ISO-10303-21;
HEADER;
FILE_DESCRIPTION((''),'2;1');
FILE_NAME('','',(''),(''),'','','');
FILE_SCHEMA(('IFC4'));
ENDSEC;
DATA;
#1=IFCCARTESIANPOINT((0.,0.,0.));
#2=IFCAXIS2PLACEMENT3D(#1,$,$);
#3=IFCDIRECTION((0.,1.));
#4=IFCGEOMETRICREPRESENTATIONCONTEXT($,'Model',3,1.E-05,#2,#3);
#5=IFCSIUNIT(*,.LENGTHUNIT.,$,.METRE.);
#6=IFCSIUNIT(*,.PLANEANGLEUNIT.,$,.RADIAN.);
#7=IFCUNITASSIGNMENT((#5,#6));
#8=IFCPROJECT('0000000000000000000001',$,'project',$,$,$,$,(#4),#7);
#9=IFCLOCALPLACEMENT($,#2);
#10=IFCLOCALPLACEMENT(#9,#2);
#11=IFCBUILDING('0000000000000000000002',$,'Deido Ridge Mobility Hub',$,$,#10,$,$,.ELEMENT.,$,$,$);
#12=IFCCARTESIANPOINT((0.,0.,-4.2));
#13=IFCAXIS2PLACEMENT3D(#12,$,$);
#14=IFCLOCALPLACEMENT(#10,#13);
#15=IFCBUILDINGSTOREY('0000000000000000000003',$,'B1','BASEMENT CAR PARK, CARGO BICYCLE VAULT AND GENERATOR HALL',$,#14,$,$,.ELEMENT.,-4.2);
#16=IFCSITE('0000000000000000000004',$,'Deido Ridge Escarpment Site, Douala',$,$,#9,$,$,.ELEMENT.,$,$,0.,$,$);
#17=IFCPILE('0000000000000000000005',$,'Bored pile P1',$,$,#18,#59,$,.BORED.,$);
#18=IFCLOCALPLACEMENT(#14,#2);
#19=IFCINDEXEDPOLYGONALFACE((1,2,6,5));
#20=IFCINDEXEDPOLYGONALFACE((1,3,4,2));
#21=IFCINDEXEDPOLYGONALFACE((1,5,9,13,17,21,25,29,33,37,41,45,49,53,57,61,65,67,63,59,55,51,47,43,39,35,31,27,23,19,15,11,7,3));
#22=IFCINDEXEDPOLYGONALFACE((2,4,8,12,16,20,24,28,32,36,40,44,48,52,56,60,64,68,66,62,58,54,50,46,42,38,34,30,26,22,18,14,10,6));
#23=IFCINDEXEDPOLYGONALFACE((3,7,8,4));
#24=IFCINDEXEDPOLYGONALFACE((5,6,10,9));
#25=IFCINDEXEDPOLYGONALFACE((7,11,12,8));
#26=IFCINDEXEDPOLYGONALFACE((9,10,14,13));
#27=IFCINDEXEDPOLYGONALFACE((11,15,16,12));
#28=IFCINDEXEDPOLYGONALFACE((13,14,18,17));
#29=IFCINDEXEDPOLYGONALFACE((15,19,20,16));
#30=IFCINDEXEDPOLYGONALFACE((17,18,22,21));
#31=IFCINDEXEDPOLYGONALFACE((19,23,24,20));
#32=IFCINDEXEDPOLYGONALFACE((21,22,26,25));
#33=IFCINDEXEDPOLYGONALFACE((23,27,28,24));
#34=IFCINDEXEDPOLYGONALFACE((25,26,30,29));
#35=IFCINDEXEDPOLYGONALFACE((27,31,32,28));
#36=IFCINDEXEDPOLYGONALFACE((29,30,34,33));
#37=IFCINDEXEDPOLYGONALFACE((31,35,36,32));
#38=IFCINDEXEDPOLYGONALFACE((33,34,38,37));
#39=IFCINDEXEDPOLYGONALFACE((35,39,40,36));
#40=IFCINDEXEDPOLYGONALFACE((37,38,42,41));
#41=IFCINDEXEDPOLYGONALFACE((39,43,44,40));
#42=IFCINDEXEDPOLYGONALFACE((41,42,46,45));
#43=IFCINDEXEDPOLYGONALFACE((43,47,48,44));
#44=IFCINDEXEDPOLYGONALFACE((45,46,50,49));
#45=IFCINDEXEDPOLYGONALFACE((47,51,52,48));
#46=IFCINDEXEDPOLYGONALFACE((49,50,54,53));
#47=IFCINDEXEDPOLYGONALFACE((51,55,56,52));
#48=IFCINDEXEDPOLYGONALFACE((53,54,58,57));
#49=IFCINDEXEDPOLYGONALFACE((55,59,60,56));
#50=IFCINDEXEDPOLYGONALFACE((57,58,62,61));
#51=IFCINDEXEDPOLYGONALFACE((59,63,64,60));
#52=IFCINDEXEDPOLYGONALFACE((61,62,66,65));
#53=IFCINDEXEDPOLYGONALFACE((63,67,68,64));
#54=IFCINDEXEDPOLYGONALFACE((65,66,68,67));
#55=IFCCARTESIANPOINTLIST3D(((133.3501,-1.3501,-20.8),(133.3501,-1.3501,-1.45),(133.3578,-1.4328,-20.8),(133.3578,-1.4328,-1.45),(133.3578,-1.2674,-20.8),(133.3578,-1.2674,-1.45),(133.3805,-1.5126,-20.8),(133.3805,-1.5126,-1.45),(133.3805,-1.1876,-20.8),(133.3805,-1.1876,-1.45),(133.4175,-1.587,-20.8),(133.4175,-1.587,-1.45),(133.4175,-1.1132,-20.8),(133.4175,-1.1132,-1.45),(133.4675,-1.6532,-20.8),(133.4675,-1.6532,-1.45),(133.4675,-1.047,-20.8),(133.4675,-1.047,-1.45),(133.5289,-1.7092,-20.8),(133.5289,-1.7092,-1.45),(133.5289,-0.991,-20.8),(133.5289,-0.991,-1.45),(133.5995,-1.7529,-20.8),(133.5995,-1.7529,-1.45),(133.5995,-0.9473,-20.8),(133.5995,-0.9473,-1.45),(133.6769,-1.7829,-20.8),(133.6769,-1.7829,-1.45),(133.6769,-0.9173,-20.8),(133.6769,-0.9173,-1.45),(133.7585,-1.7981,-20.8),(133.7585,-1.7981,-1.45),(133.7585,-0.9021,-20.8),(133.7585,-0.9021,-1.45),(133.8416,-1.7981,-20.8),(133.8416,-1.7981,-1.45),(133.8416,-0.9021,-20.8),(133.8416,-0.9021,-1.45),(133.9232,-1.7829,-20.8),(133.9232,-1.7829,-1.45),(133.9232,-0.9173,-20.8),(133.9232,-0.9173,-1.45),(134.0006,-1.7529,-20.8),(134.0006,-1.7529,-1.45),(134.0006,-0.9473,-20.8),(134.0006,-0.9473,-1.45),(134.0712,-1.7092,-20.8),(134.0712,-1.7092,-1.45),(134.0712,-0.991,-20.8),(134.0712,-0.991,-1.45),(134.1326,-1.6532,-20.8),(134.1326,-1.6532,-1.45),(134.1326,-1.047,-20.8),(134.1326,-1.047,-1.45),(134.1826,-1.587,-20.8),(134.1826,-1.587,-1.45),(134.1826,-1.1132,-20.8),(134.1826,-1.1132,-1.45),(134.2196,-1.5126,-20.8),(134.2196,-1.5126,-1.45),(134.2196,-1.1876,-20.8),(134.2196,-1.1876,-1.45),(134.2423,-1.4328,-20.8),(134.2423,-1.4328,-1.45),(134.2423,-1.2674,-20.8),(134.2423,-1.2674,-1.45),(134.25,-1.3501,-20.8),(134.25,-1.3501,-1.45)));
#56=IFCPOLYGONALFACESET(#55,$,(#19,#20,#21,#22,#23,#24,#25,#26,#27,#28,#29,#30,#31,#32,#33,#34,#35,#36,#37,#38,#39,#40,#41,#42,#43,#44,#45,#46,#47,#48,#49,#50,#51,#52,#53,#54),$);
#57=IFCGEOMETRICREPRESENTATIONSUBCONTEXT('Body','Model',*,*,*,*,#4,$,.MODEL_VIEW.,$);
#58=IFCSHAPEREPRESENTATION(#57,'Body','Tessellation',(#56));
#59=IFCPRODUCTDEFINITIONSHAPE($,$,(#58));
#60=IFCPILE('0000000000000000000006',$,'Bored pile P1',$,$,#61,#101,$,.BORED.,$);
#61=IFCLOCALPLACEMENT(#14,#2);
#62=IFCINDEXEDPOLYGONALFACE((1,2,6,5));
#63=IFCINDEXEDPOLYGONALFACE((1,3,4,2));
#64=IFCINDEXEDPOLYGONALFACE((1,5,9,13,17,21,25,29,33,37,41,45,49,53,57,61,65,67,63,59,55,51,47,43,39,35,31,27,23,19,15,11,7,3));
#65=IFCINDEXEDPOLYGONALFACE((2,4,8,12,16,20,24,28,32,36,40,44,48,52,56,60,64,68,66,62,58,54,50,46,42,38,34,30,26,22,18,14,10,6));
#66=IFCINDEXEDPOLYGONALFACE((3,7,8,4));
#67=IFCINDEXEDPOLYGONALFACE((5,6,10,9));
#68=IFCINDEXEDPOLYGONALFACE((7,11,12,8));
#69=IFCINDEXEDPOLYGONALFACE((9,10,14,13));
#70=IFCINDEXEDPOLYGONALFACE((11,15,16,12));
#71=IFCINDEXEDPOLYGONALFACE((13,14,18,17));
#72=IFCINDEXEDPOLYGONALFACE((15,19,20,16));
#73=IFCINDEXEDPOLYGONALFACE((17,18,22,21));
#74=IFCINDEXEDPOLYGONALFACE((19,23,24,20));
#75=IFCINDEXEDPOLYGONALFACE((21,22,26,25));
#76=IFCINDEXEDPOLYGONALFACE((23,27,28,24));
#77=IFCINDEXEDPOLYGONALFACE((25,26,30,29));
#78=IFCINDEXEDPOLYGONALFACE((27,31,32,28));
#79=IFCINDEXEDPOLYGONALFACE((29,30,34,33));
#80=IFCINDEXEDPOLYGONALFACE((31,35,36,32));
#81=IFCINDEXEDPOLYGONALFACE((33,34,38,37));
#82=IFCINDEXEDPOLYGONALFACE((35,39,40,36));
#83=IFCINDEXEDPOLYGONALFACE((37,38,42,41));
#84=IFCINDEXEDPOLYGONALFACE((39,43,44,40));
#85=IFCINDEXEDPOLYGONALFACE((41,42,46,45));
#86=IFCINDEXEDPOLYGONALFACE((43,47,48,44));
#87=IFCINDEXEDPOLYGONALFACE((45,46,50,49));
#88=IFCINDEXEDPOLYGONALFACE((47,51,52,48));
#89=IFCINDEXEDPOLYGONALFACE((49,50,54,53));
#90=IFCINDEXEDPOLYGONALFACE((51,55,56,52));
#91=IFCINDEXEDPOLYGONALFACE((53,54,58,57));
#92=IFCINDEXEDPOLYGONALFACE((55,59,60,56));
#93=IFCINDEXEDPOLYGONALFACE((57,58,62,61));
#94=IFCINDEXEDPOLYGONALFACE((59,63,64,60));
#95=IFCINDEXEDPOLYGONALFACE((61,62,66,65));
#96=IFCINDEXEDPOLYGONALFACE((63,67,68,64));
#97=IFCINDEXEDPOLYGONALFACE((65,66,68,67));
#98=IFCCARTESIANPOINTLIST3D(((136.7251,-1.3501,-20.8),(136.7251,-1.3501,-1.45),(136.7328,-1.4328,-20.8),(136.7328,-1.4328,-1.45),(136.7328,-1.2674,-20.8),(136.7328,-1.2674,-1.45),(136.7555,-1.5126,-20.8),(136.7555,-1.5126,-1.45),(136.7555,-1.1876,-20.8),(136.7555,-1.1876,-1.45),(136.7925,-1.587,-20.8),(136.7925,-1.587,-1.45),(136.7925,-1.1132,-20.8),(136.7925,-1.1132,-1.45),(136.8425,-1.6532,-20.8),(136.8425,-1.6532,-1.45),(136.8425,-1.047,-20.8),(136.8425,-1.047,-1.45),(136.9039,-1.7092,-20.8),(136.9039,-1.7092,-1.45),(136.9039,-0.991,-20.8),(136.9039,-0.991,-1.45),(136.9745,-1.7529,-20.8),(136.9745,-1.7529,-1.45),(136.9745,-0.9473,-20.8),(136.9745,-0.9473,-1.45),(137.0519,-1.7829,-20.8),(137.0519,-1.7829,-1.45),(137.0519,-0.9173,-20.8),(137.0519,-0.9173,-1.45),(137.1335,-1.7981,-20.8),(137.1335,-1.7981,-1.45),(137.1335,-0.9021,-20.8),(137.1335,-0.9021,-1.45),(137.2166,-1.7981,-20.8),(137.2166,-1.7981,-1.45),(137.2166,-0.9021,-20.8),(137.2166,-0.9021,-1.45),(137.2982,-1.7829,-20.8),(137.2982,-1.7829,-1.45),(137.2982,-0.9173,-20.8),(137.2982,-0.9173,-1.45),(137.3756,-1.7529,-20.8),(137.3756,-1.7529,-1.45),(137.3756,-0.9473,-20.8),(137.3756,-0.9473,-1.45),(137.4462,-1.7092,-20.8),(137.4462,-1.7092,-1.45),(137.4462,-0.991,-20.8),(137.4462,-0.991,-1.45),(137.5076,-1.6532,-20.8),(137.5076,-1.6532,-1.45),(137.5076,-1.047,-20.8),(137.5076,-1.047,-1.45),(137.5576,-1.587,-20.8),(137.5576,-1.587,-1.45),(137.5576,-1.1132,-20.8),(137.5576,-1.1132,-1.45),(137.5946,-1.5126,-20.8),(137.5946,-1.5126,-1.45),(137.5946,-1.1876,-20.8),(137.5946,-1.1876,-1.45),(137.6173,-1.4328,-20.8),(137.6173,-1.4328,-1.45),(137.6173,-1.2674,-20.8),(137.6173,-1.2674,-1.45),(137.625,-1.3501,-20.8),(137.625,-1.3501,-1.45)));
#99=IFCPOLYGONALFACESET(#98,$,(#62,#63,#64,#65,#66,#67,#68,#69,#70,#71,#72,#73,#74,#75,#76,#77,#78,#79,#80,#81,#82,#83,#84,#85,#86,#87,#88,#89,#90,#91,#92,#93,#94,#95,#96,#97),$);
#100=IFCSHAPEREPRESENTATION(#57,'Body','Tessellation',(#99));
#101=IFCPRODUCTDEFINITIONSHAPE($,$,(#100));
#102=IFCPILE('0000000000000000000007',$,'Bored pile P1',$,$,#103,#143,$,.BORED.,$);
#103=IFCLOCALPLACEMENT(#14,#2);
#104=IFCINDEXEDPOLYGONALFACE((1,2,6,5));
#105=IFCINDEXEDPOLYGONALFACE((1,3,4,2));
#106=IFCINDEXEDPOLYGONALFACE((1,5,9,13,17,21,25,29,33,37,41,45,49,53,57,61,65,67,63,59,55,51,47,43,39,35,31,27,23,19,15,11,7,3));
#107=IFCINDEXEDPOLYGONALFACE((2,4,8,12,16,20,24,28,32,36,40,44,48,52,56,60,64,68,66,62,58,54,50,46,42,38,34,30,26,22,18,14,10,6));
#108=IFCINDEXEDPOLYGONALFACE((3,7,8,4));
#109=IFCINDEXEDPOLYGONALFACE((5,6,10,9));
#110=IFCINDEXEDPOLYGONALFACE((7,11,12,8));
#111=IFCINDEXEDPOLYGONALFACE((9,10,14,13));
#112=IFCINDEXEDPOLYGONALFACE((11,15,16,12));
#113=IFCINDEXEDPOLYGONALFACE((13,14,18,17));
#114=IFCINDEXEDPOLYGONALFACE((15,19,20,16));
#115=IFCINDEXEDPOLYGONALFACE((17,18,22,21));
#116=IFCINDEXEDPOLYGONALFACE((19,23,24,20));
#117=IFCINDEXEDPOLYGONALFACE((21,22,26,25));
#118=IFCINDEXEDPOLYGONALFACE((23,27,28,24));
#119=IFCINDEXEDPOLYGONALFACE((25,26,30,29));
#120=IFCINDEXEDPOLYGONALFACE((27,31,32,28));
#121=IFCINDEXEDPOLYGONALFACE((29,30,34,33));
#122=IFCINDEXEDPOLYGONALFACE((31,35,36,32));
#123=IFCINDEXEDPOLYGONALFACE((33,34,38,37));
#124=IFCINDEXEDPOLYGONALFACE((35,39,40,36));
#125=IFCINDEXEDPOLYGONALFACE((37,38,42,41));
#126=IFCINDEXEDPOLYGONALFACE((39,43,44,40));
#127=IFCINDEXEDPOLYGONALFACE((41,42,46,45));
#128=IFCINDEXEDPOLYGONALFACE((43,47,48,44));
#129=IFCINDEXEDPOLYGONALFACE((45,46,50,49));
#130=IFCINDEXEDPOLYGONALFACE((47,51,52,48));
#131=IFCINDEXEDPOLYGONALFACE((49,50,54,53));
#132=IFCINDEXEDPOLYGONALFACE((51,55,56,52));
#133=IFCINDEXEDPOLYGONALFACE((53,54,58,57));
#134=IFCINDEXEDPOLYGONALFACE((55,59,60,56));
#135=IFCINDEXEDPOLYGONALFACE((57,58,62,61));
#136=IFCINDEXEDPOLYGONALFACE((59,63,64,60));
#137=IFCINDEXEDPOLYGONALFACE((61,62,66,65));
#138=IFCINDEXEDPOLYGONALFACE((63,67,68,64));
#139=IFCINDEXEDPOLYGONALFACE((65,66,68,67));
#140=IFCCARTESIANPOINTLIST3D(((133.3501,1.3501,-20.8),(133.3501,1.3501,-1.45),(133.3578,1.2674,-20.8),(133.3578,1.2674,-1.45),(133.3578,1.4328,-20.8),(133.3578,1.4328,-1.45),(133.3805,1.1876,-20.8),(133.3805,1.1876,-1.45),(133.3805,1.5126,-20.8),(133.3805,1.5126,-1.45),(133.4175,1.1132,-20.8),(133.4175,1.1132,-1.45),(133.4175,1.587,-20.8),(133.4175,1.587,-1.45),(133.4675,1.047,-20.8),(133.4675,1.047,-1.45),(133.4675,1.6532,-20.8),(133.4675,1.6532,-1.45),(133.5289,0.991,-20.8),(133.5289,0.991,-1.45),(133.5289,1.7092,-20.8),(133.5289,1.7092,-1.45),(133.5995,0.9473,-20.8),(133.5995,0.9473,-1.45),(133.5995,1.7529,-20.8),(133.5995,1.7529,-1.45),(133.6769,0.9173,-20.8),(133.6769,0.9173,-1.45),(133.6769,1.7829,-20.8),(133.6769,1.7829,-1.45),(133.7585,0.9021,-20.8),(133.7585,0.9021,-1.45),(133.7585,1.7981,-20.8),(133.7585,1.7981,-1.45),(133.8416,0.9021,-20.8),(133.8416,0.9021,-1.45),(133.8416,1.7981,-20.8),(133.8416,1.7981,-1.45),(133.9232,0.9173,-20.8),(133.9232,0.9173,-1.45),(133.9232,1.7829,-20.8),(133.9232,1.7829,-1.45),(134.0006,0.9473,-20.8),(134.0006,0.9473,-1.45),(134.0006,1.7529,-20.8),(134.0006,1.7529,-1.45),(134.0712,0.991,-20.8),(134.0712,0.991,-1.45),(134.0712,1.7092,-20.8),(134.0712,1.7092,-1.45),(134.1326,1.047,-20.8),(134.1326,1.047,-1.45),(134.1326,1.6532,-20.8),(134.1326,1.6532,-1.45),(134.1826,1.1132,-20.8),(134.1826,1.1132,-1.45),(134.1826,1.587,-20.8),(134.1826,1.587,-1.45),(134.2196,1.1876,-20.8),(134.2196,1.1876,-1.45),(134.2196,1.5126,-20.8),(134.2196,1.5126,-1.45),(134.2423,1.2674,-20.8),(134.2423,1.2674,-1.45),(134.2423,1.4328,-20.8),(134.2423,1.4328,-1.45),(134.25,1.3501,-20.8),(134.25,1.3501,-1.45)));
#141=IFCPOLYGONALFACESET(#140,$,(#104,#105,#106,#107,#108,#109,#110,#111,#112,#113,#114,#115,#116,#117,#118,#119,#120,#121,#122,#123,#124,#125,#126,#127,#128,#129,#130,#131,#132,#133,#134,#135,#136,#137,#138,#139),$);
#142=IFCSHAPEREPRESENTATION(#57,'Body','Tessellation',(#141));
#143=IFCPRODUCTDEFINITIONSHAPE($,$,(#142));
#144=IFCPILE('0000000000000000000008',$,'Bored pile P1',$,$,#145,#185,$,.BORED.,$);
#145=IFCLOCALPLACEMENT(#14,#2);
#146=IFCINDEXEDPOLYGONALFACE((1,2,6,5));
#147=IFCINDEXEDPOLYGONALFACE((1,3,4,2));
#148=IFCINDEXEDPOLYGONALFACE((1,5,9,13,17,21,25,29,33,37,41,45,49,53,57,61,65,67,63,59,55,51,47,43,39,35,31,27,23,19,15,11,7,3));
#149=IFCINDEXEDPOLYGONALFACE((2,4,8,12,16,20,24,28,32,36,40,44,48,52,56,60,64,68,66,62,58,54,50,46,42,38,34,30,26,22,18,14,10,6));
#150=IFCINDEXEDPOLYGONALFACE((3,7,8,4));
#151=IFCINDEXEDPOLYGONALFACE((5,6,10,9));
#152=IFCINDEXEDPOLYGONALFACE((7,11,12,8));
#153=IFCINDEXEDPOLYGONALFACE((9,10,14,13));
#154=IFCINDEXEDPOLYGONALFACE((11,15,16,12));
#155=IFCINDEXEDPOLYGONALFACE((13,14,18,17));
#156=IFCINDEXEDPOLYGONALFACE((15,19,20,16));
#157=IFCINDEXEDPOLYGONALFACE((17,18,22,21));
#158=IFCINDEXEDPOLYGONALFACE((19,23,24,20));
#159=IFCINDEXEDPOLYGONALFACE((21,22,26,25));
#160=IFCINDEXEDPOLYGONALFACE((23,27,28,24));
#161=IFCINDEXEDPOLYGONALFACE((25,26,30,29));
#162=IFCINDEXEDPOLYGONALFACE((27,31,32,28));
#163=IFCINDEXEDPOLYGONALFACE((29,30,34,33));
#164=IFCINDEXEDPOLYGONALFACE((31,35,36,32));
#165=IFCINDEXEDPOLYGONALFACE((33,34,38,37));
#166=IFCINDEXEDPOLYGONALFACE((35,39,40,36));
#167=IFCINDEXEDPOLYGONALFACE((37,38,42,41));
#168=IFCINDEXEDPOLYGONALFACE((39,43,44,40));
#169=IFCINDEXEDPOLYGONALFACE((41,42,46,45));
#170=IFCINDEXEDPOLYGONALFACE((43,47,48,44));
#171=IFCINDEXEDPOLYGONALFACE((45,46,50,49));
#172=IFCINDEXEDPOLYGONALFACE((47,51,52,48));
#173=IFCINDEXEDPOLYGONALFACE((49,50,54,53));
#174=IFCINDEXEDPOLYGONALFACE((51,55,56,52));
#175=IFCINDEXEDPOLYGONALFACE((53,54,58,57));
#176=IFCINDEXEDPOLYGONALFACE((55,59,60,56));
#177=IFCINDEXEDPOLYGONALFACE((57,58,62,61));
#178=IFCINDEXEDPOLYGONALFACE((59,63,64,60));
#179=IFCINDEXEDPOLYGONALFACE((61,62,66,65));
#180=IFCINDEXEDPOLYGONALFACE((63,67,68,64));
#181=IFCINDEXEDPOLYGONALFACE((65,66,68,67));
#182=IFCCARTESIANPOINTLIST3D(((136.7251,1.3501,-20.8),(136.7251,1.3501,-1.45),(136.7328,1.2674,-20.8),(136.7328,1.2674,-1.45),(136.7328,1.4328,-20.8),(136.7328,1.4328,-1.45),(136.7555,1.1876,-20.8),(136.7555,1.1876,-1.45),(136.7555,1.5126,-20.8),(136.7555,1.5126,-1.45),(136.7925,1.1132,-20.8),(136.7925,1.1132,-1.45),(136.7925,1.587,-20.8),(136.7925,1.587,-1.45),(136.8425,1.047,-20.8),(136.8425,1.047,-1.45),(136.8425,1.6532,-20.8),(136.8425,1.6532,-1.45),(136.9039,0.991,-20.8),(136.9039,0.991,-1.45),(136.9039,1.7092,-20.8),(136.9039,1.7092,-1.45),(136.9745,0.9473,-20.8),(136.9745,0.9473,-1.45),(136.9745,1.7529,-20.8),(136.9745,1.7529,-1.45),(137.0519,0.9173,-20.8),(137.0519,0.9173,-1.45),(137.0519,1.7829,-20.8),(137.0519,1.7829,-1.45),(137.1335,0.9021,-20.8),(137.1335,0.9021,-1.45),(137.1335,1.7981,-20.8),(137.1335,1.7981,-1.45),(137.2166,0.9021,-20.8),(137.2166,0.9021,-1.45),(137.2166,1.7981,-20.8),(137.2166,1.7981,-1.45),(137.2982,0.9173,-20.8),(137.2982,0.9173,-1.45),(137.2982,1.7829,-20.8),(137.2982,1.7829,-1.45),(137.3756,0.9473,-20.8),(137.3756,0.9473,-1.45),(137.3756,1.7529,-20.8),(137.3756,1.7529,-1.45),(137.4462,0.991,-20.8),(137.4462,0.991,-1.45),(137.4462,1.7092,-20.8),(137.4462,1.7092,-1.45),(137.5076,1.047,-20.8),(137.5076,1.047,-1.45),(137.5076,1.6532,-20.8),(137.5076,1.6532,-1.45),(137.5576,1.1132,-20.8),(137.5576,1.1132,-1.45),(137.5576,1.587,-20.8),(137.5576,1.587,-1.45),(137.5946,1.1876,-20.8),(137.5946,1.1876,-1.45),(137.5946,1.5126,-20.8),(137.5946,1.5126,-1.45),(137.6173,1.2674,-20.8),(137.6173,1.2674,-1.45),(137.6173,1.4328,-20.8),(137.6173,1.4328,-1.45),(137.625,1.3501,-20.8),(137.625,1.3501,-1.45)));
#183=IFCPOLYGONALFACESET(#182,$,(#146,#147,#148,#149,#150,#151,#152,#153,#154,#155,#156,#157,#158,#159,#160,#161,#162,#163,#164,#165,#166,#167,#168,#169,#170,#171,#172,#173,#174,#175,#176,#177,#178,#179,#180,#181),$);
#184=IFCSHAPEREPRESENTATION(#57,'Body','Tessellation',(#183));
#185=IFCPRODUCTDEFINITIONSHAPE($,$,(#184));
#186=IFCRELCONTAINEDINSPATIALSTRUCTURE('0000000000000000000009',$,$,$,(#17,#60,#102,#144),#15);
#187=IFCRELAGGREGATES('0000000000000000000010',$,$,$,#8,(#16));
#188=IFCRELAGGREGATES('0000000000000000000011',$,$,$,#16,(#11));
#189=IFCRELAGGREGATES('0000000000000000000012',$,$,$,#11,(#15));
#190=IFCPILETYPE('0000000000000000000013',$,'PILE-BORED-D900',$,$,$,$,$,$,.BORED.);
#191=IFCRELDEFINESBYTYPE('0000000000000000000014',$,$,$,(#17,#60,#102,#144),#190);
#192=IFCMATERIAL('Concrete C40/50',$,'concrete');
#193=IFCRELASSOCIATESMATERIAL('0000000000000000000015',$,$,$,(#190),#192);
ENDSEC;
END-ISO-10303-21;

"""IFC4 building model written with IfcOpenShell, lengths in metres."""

from ifc_helpers import new_model, si_unit, direction, frame, origin, origin_2d, place, context, subcontext, project, spatial, circle, extrude, material, material_profile, profile_set, type_object, element, save


model = new_model("IFC4")

# Units and contexts
model_context = context("Model", 3, precision=1e-05, world=origin(), true_north=direction((0.0, 1.0)))
body_context = subcontext(model_context, "Body", "Model", "MODEL_VIEW")
ifc_project = project(units=[si_unit("LENGTHUNIT", "METRE"), si_unit("PLANEANGLEUNIT", "RADIAN")], contexts=[model_context])

# Site, building, storey
site_placement = place(None, origin())
site = spatial("IfcSite", under=ifc_project, at=site_placement, Name="Deido Ridge Escarpment Site, Douala", CompositionType="ELEMENT", RefElevation=0.0)
building_placement = place(site_placement, origin())
building = spatial("IfcBuilding", under=site, at=building_placement, Name="Deido Ridge Mobility Hub", CompositionType="ELEMENT")
storey_placement = place(building_placement, frame((0.0, 0.0, -4.2)))
storey = spatial("IfcBuildingStorey", under=building, at=storey_placement, Name="B1", Description="BASEMENT CAR PARK, CARGO BICYCLE VAULT AND GENERATOR HALL", CompositionType="ELEMENT", Elevation=-4.2)

# Shared definitions
ifc_material_1 = material(Name="Concrete C40/50", Category="concrete")

# Piles
ifc_material_profile_1 = material_profile(ifc_material_1, circle(Radius=0.45, at=origin_2d()), Name="BORED PILE D900")
ifc_profile_set_1 = profile_set([ifc_material_profile_1], Name="Concrete C40/50")
pile_type_1 = type_object("IfcPileType", Name="PILE-BORED-D900", PredefinedType="BORED", material=ifc_profile_set_1)
for number, where, z_axis, x_axis, name in (
    (1, (133.8, -1.3501, -1.45), (0.0, 0.0, -1.0), (1.0, 0.0, 0.0), "Bored pile P1"),
    (2, (137.175, -1.3501, -1.45), (0.0, 0.0, -1.0), (1.0, 0.0, 0.0), "Bored pile P1"),
    (3, (133.8, 1.3501, -1.45), (0.0, 0.0, -1.0), (1.0, 0.0, 0.0), "Bored pile P1"),
    (4, (137.175, 1.3501, -1.45), (0.0, 0.0, -1.0), (1.0, 0.0, 0.0), "Bored pile P1"),
):
    element("IfcPile", number, at=place(storey_placement, frame(where, z_axis=z_axis, x_axis=x_axis)), inside=storey, type_object=pile_type_1, Name=name, PredefinedType="BORED", context=body_context, shape_type="SweptSolid", body=[
        extrude(circle(Radius=0.45, at=origin_2d()), origin(), (0.0, 0.0, 1.0), 19.3501),
    ])

save(model, "model.ifc")
